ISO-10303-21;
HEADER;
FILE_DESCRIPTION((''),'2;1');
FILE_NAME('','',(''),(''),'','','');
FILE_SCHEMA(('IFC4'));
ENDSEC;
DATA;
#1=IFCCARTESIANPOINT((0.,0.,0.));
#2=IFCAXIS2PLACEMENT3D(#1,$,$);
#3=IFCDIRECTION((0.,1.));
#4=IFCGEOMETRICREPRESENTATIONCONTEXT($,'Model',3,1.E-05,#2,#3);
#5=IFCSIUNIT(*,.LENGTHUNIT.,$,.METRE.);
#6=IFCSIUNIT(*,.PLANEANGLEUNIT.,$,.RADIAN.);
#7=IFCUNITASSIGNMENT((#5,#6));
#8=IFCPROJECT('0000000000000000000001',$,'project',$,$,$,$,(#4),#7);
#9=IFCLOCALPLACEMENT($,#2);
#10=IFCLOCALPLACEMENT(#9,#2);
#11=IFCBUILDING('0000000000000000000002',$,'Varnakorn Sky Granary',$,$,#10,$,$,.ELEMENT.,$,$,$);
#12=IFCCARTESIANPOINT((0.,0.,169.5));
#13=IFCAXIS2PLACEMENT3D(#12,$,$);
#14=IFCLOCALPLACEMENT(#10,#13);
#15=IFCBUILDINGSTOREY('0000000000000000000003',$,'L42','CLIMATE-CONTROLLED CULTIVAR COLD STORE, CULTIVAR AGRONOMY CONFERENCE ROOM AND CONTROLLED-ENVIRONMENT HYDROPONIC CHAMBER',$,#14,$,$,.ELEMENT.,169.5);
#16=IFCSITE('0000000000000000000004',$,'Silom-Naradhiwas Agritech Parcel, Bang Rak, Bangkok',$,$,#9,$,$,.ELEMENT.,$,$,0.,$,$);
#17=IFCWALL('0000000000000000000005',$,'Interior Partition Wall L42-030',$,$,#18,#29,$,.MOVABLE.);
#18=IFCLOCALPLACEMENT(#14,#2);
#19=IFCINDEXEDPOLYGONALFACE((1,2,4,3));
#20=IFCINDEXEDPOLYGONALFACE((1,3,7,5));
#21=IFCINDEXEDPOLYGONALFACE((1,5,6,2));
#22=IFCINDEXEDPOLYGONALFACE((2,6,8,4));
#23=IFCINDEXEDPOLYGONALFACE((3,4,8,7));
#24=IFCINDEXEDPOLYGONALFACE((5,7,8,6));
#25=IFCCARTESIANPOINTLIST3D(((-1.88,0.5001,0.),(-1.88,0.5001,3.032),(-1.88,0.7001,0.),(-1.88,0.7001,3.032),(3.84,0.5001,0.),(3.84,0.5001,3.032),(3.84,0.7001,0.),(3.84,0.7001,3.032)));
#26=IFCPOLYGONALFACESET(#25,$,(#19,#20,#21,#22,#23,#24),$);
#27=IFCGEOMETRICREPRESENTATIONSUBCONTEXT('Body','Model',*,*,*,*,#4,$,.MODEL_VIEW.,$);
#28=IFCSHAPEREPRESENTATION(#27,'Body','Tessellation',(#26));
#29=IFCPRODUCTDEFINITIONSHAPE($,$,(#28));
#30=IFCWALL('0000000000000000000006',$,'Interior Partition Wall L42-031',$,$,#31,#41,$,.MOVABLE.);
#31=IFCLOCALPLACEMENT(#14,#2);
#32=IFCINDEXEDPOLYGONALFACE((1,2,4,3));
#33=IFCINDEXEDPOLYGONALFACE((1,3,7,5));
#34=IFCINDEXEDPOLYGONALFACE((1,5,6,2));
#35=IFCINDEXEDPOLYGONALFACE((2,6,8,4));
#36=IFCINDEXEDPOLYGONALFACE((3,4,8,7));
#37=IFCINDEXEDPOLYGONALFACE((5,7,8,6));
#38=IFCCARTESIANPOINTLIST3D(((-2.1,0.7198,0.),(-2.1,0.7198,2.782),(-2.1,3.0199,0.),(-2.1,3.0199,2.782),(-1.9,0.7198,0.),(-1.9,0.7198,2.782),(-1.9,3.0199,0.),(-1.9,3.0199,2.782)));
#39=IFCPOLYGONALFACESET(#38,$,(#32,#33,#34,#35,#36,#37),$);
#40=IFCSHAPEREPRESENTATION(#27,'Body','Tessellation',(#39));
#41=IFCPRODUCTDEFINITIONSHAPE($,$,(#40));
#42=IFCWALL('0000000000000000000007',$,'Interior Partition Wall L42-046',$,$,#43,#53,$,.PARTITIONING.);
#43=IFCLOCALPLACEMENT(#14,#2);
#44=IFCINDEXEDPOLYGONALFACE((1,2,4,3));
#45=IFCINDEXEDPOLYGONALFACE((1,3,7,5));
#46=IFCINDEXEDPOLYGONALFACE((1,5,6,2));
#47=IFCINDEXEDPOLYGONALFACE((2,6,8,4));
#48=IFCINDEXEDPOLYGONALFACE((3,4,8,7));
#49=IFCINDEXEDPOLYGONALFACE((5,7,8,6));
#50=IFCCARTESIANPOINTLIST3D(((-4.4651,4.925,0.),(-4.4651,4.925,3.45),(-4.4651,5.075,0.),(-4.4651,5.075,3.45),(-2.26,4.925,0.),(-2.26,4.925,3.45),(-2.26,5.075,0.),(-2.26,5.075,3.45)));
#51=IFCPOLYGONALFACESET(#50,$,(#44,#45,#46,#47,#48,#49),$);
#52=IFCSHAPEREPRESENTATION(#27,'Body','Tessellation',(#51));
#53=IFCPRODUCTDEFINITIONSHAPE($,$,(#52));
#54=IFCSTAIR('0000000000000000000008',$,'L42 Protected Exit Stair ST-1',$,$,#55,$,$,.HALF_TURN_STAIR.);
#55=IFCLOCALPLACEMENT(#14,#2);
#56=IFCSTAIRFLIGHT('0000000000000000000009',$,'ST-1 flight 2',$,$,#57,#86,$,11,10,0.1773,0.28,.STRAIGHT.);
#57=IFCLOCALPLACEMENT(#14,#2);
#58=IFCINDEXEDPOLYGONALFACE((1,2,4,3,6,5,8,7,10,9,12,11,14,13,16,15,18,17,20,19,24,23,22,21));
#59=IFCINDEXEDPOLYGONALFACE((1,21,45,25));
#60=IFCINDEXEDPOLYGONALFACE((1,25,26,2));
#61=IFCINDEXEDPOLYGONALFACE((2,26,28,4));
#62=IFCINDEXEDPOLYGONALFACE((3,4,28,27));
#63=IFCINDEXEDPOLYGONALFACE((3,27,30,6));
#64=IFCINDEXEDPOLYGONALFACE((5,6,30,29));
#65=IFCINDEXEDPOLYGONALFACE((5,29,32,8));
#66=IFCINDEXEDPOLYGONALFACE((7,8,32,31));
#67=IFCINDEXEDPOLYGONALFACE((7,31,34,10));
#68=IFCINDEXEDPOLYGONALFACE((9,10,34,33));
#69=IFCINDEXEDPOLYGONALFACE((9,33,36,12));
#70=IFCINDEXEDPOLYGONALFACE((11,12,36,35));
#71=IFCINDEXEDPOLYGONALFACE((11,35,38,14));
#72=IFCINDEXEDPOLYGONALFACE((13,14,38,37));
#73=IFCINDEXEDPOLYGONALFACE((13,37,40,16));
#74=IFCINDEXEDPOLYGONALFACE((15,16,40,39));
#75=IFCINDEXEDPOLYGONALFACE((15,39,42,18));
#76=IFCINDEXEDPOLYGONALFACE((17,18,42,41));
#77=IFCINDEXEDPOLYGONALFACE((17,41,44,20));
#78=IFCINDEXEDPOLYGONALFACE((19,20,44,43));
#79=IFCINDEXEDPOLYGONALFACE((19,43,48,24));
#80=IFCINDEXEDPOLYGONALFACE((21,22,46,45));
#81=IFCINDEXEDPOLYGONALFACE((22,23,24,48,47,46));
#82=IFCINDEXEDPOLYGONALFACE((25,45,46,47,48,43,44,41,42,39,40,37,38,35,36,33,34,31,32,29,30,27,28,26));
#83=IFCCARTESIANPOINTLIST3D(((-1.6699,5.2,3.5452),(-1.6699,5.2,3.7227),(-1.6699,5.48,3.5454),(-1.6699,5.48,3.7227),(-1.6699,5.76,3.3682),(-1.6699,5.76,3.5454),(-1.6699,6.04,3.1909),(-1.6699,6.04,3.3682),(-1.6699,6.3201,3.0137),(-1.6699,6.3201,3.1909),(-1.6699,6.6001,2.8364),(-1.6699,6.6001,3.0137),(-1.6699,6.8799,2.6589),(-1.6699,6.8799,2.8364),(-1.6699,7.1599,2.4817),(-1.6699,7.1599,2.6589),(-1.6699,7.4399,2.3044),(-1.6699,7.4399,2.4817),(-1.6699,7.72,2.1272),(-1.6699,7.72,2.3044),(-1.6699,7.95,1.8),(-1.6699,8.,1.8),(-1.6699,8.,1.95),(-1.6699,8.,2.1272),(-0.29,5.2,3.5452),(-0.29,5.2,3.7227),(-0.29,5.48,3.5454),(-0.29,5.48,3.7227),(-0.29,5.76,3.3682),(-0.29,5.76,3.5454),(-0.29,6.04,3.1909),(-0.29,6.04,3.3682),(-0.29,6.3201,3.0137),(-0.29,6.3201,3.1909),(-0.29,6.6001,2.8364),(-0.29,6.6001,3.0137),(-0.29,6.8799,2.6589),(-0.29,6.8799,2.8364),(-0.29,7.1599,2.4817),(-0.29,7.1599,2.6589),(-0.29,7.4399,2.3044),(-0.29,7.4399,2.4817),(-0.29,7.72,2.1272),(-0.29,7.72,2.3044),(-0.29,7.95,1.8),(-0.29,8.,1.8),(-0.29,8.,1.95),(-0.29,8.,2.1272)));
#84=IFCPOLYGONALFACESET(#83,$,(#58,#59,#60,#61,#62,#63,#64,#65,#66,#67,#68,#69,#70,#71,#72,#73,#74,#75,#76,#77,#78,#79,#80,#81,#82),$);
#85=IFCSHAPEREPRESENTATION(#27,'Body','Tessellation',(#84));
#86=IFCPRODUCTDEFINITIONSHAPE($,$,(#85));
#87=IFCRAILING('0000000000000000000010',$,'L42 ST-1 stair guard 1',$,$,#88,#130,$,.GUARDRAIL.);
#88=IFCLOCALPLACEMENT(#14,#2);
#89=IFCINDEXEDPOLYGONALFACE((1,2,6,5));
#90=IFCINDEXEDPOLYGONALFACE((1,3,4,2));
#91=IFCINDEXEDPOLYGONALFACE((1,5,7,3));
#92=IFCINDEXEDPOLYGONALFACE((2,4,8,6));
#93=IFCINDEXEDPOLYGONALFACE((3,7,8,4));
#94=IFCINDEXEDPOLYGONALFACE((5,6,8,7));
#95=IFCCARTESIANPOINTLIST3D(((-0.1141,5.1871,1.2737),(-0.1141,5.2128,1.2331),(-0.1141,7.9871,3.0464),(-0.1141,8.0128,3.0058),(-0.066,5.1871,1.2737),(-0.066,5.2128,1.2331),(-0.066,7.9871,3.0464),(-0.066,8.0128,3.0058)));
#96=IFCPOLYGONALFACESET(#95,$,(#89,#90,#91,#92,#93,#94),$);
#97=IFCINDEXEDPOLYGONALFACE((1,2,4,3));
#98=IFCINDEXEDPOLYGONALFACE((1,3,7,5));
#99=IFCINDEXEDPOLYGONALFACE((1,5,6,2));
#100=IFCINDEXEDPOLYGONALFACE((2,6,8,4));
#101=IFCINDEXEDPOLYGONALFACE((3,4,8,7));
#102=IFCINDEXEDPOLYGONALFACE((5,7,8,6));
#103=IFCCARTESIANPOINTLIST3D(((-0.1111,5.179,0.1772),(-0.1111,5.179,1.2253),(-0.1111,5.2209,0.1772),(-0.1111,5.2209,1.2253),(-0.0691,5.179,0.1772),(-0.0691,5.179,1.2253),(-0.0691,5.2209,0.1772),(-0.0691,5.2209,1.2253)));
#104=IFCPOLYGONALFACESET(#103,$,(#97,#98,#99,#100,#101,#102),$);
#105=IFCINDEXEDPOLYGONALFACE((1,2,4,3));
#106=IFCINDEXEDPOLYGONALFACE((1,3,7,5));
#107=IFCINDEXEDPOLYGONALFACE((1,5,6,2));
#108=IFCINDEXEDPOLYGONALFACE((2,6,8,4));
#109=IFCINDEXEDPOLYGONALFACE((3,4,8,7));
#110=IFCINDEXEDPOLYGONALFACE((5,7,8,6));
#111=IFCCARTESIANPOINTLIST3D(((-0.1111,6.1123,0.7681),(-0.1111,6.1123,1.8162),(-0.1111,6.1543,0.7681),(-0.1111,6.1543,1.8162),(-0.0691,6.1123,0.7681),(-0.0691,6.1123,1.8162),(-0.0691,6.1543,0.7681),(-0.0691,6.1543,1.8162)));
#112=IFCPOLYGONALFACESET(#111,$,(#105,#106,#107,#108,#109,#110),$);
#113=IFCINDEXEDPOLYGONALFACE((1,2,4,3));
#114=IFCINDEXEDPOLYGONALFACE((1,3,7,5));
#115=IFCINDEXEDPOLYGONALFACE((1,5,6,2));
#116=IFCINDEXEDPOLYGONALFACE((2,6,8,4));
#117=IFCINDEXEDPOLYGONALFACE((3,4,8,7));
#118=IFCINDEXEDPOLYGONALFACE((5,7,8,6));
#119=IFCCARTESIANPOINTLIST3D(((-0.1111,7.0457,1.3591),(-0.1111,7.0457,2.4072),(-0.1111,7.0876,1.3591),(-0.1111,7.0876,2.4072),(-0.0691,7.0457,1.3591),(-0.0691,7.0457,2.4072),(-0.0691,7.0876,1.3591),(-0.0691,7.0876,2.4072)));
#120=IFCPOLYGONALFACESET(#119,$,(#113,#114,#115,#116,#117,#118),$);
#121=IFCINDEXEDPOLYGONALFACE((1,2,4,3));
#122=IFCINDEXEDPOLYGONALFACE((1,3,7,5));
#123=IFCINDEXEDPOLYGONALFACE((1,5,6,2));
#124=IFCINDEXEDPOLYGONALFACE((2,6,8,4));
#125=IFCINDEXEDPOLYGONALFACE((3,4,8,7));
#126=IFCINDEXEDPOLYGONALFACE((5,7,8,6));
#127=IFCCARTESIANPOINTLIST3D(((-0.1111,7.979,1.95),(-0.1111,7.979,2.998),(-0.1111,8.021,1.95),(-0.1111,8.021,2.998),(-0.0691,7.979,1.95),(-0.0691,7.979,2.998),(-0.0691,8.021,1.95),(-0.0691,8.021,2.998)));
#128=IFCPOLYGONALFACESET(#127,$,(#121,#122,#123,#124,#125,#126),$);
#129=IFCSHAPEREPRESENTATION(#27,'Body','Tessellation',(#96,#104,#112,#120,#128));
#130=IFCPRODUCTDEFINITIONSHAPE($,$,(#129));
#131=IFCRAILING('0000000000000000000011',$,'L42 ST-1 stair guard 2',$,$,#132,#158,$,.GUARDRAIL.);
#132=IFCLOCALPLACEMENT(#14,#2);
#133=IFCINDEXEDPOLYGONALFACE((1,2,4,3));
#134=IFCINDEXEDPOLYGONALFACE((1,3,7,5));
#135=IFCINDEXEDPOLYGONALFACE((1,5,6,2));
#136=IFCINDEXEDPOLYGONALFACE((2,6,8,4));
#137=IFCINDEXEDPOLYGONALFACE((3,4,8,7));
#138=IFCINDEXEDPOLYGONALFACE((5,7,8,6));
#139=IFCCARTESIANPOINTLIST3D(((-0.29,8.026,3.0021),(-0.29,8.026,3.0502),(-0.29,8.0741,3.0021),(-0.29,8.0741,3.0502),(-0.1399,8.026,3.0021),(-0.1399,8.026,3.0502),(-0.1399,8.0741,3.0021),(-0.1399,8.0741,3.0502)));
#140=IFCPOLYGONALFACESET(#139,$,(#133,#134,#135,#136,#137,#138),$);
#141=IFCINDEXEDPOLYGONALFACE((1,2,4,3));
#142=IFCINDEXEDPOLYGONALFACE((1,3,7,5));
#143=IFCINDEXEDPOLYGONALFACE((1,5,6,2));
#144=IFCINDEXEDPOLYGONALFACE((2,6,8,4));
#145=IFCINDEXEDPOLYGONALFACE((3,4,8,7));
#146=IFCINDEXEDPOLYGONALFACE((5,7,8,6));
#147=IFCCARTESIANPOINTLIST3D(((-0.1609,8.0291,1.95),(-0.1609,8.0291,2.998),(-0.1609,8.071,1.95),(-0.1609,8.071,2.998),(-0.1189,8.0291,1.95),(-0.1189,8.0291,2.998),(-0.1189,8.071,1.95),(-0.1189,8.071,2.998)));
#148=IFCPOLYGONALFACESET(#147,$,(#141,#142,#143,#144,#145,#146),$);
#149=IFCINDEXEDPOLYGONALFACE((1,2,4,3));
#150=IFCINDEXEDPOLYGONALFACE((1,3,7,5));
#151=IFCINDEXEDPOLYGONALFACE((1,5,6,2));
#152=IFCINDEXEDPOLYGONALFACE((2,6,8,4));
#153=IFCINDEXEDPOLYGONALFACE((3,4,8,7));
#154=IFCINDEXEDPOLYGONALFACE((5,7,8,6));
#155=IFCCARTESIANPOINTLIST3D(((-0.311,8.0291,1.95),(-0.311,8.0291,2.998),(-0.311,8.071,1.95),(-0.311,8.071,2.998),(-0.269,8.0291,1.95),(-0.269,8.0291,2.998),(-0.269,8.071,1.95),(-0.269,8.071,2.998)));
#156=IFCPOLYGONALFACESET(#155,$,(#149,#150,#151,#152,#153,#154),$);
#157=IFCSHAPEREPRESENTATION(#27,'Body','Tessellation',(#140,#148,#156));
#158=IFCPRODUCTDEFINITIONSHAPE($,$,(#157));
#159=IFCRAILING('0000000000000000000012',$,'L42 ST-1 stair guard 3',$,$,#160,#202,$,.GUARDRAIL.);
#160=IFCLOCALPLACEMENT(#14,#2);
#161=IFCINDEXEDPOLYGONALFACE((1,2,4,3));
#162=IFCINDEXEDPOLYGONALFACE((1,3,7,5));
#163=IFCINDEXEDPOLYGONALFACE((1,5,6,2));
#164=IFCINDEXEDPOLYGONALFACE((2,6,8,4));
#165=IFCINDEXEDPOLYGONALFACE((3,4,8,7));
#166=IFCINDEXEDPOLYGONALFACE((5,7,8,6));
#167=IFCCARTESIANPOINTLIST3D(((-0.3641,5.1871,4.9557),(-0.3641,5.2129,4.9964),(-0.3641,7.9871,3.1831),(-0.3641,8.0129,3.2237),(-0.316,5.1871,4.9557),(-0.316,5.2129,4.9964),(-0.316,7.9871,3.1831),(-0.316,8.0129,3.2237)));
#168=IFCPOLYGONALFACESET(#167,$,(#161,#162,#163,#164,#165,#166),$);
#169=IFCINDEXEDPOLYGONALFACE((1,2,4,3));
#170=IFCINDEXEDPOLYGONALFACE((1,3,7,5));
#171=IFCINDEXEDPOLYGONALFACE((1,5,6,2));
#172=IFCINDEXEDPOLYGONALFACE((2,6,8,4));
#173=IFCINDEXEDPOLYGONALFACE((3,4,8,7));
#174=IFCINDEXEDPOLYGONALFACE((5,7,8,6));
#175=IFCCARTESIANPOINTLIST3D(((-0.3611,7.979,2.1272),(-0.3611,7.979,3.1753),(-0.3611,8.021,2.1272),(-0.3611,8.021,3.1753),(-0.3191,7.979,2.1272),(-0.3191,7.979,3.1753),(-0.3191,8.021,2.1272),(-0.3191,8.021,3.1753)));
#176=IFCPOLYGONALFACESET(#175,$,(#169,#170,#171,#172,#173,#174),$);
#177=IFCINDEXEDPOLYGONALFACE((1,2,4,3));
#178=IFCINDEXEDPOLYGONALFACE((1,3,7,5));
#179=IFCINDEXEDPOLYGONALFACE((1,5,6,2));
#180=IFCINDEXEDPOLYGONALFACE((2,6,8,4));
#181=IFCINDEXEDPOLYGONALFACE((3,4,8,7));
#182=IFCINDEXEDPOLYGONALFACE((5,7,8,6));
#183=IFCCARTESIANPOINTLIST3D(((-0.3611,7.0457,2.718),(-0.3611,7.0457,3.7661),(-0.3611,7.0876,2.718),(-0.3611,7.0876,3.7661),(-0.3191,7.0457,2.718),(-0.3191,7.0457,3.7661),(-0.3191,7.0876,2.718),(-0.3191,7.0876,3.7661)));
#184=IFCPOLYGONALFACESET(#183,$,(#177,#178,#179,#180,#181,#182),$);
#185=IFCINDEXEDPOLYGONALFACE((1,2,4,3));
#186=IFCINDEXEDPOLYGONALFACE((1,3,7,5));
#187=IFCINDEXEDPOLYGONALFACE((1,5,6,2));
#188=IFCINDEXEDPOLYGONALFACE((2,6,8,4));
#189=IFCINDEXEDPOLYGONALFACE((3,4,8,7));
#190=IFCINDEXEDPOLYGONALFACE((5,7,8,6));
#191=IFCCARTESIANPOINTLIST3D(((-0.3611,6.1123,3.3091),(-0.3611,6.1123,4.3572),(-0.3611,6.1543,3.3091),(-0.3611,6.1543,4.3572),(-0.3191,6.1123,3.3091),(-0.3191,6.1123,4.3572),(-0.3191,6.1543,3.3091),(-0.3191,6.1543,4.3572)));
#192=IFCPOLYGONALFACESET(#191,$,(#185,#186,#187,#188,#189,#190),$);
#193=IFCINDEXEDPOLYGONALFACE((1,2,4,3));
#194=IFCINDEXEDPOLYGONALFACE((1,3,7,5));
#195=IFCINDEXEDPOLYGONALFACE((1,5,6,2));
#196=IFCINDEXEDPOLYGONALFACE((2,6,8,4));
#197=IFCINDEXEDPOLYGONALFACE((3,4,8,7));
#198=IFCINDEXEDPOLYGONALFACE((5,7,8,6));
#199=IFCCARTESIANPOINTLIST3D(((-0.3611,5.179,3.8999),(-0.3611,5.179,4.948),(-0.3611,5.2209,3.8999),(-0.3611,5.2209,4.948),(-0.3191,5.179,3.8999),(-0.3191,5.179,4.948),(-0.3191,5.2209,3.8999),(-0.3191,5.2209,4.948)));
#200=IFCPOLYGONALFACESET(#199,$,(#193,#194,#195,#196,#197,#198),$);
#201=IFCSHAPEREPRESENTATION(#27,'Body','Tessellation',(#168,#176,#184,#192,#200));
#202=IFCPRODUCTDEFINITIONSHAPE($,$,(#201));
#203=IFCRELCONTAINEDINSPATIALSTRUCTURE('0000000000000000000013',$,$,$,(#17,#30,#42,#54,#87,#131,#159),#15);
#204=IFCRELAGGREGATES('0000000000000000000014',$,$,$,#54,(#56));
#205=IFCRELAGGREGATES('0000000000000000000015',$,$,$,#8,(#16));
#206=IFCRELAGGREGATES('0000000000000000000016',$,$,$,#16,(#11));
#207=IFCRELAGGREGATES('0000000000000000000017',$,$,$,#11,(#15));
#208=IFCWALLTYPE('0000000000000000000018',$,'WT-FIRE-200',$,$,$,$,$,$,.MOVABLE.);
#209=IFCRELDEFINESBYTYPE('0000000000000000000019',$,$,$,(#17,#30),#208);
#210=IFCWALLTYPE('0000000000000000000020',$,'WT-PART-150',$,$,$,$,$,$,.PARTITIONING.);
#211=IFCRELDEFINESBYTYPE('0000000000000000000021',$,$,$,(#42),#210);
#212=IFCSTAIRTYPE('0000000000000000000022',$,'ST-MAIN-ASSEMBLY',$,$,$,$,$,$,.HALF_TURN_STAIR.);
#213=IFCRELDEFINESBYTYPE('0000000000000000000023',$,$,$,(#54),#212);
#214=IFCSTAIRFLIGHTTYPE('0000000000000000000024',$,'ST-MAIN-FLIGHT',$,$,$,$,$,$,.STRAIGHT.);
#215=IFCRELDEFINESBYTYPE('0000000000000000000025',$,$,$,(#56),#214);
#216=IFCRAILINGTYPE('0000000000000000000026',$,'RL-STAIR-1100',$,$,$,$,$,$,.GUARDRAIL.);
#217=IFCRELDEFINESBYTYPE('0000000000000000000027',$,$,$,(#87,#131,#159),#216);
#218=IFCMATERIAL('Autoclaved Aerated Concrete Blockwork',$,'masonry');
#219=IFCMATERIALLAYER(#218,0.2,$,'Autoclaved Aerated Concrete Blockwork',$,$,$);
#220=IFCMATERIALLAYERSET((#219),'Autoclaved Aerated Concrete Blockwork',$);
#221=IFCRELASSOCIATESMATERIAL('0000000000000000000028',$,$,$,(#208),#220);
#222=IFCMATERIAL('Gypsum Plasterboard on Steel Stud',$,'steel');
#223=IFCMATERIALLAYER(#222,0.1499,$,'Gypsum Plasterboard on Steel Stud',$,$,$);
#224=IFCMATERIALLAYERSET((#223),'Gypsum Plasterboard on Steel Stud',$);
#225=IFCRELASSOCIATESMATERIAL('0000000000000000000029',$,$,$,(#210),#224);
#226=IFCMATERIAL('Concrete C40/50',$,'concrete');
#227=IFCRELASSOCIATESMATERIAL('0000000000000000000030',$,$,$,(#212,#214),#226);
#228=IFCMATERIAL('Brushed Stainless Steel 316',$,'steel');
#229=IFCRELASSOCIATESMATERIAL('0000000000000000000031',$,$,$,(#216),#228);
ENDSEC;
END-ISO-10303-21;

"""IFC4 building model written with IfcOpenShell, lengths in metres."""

from ifc_helpers import new_model, si_unit, direction, frame, frame_2d, origin, origin_2d, place, context, subcontext, project, spatial, polyline, rectangle, outline, extrude, material, layer, layer_set, type_object, element, aggregate, save


model = new_model("IFC4")

# Units and contexts
model_context = context("Model", 3, precision=1e-05, world=origin(), true_north=direction((0.0, 1.0)))
body_context = subcontext(model_context, "Body", "Model", "MODEL_VIEW")
ifc_project = project(units=[si_unit("LENGTHUNIT", "METRE"), si_unit("PLANEANGLEUNIT", "RADIAN")], contexts=[model_context])

# Site, building, storey
site_placement = place(None, origin())
site = spatial("IfcSite", under=ifc_project, at=site_placement, Name="Silom-Naradhiwas Agritech Parcel, Bang Rak, Bangkok", CompositionType="ELEMENT", RefElevation=0.0)
building_placement = place(site_placement, origin())
building = spatial("IfcBuilding", under=site, at=building_placement, Name="Varnakorn Sky Granary", CompositionType="ELEMENT")
storey_placement = place(building_placement, frame((0.0, 0.0, 169.5)))
storey = spatial("IfcBuildingStorey", under=building, at=storey_placement, Name="L42", Description="CLIMATE-CONTROLLED CULTIVAR COLD STORE, CULTIVAR AGRONOMY CONFERENCE ROOM AND CONTROLLED-ENVIRONMENT HYDROPONIC CHAMBER", CompositionType="ELEMENT", Elevation=169.5)

# Walls
ifc_material_1 = material(Name="Autoclaved Aerated Concrete Blockwork", Category="masonry")
ifc_layer_1 = layer(ifc_material_1, 0.2, Name="Autoclaved Aerated Concrete Blockwork")
ifc_layer_set_1 = layer_set([ifc_layer_1], Name="Autoclaved Aerated Concrete Blockwork")
wall_type_1 = type_object("IfcWallType", Name="WT-FIRE-200", PredefinedType="MOVABLE", material=ifc_layer_set_1)
wall_1_placement = place(storey_placement, frame((-1.8799, 0.6001, 0.0), z_axis=(0.0, 0.0, 1.0), x_axis=(1.0, 0.0, 0.0)))
element("IfcWall", 1, at=wall_1_placement, inside=storey, type_object=wall_type_1, Name="Interior Partition Wall L42-030", PredefinedType="MOVABLE", context=body_context, shape_type="SweptSolid", body=[
    extrude(rectangle(XDim=5.72, YDim=0.2, at=frame_2d((2.8599, 0.0))), origin(), (0.0, 0.0, 1.0), 3.032),
])
wall_2_placement = place(storey_placement, frame((-2.0, 0.72, 0.0), z_axis=(0.0, 0.0, 1.0), x_axis=(0.0, 1.0, 0.0)))
element("IfcWall", 2, at=wall_2_placement, inside=storey, type_object=wall_type_1, Name="Interior Partition Wall L42-031", PredefinedType="MOVABLE", context=body_context, shape_type="SweptSolid", body=[
    extrude(rectangle(XDim=2.3, YDim=0.2, at=frame_2d((1.1499, 0.0))), origin(), (0.0, 0.0, 1.0), 2.782),
])
ifc_material_2 = material(Name="Gypsum Plasterboard on Steel Stud", Category="steel")
ifc_layer_2 = layer(ifc_material_2, 0.1499, Name="Gypsum Plasterboard on Steel Stud")
ifc_layer_set_2 = layer_set([ifc_layer_2], Name="Gypsum Plasterboard on Steel Stud")
wall_type_2 = type_object("IfcWallType", Name="WT-PART-150", PredefinedType="PARTITIONING", material=ifc_layer_set_2)
wall_3_placement = place(storey_placement, frame((-4.4651, 5.0, 0.0), z_axis=(0.0, 0.0, 1.0), x_axis=(1.0, 0.0, 0.0)))
element("IfcWall", 3, at=wall_3_placement, inside=storey, type_object=wall_type_2, Name="Interior Partition Wall L42-046", PredefinedType="PARTITIONING", context=body_context, shape_type="SweptSolid", body=[
    extrude(rectangle(XDim=2.2051, YDim=0.1499, at=frame_2d((1.1025, 0.0))), origin(), (0.0, 0.0, 1.0), 3.45),
])

# Stair, stair flight
ifc_material_3 = material(Name="Concrete C40/50", Category="concrete")
stair_type = type_object("IfcStairType", Name="ST-MAIN-ASSEMBLY", PredefinedType="HALF_TURN_STAIR", material=ifc_material_3)
stair_placement = place(storey_placement, origin())
stair = element("IfcStair", 4, at=stair_placement, inside=storey, type_object=stair_type, Name="L42 Protected Exit Stair ST-1", PredefinedType="HALF_TURN_STAIR")
stair_flight_type = type_object("IfcStairFlightType", Name="ST-MAIN-FLIGHT", PredefinedType="STRAIGHT", material=ifc_material_3)
stair_flight_placement = place(storey_placement, frame((-0.98, 8.0, 1.95), z_axis=(0.0, 0.0, 1.0), x_axis=(0.0, -1.0, 0.0)))
stair_flight = element("IfcStairFlight", 5, at=stair_flight_placement, type_object=stair_flight_type, Name="ST-1 flight 2", NumberOfRisers=11, NumberOfTreads=10, PredefinedType="STRAIGHT", RiserHeight=0.1773, TreadLength=0.28, context=body_context, shape_type="SweptSolid", body=[
    extrude(outline(polyline([(0.0, -0.1499), (0.0, 0.0), (0.0, 0.1772), (0.28, 0.1772), (0.28, 0.3545), (0.5601, 0.3545), (0.5601, 0.5317), (0.8401, 0.5317), (0.8401, 0.709), (1.1201, 0.709), (1.1201, 0.8865), (1.3999, 0.8865), (1.3999, 1.0637), (1.6799, 1.0637), (1.6799, 1.241), (1.96, 1.241), (1.96, 1.4182), (2.24, 1.4182), (2.24, 1.5955), (2.52, 1.5955), (2.52, 1.7727), (2.8, 1.7727), (2.8, 1.95), (2.8, 1.5952), (0.05, -0.1499), (0.0, -0.1499)])), frame((0.0, 0.6899, 0.0), z_axis=(0.0, -1.0, 0.0), x_axis=(1.0, 0.0, 0.0)), (0.0, 0.0, 1.0), 1.3799),
])
aggregate(stair, [stair_flight])

# Railings
ifc_material_4 = material(Name="Brushed Stainless Steel 316", Category="steel")
railing_type_1 = type_object("IfcRailingType", Name="RL-STAIR-1100", PredefinedType="GUARDRAIL", material=ifc_material_4)
railing_1_placement = place(storey_placement, frame((-0.0901, 5.2, 0.1772)))
element("IfcRailing", 6, at=railing_1_placement, inside=storey, type_object=railing_type_1, Name="L42 ST-1 stair guard 1", PredefinedType="GUARDRAIL", context=body_context, shape_type="SweptSolid", body=[
    extrude(rectangle(XDim=0.0481, YDim=0.0481, at=origin_2d()), frame((0.0, 0.0, 1.0762), z_axis=(0.0, 0.844909, 0.53491), x_axis=(-1.0, 0.0, 0.0)), (0.0, 0.0, 1.0), 3.314),
    extrude(rectangle(XDim=0.042, YDim=0.042, at=origin_2d()), origin(), (0.0, 0.0, 1.0), 1.0481),
    extrude(rectangle(XDim=0.042, YDim=0.042, at=origin_2d()), frame((0.0, 0.9333, 0.5908)), (0.0, 0.0, 1.0), 1.0481),
    extrude(rectangle(XDim=0.042, YDim=0.042, at=origin_2d()), frame((0.0, 1.8667, 1.1819)), (0.0, 0.0, 1.0), 1.0481),
    extrude(rectangle(XDim=0.042, YDim=0.042, at=origin_2d()), frame((0.0, 2.8, 1.7727)), (0.0, 0.0, 1.0), 1.0481),
])
railing_2_placement = place(storey_placement, frame((-0.1399, 8.05, 1.95)))
element("IfcRailing", 7, at=railing_2_placement, inside=storey, type_object=railing_type_1, Name="L42 ST-1 stair guard 2", PredefinedType="GUARDRAIL", context=body_context, shape_type="SweptSolid", body=[
    extrude(rectangle(XDim=0.0481, YDim=0.0481, at=origin_2d()), frame((0.0, 0.0, 1.0762), z_axis=(-1.0, 0.0, 0.0), x_axis=(0.0, -1.0, 0.0)), (0.0, 0.0, 1.0), 0.1501),
    extrude(rectangle(XDim=0.042, YDim=0.042, at=origin_2d()), origin(), (0.0, 0.0, 1.0), 1.0481),
    extrude(rectangle(XDim=0.042, YDim=0.042, at=origin_2d()), frame((-0.1501, 0.0, 0.0)), (0.0, 0.0, 1.0), 1.0481),
])
railing_3_placement = place(storey_placement, frame((-0.3401, 8.0, 2.1272)))
element("IfcRailing", 8, at=railing_3_placement, inside=storey, type_object=railing_type_1, Name="L42 ST-1 stair guard 3", PredefinedType="GUARDRAIL", context=body_context, shape_type="SweptSolid", body=[
    extrude(rectangle(XDim=0.0481, YDim=0.0481, at=origin_2d()), frame((0.0, 0.0, 1.0762), z_axis=(0.0, -0.844909, 0.53491), x_axis=(1.0, 0.0, 0.0)), (0.0, 0.0, 1.0), 3.314),
    extrude(rectangle(XDim=0.042, YDim=0.042, at=origin_2d()), origin(), (0.0, 0.0, 1.0), 1.0481),
    extrude(rectangle(XDim=0.042, YDim=0.042, at=origin_2d()), frame((0.0, -0.9333, 0.5908)), (0.0, 0.0, 1.0), 1.0481),
    extrude(rectangle(XDim=0.042, YDim=0.042, at=origin_2d()), frame((0.0, -1.8667, 1.1819)), (0.0, 0.0, 1.0), 1.0481),
    extrude(rectangle(XDim=0.042, YDim=0.042, at=origin_2d()), frame((0.0, -2.8, 1.7727)), (0.0, 0.0, 1.0), 1.0481),
])

save(model, "model.ifc")
